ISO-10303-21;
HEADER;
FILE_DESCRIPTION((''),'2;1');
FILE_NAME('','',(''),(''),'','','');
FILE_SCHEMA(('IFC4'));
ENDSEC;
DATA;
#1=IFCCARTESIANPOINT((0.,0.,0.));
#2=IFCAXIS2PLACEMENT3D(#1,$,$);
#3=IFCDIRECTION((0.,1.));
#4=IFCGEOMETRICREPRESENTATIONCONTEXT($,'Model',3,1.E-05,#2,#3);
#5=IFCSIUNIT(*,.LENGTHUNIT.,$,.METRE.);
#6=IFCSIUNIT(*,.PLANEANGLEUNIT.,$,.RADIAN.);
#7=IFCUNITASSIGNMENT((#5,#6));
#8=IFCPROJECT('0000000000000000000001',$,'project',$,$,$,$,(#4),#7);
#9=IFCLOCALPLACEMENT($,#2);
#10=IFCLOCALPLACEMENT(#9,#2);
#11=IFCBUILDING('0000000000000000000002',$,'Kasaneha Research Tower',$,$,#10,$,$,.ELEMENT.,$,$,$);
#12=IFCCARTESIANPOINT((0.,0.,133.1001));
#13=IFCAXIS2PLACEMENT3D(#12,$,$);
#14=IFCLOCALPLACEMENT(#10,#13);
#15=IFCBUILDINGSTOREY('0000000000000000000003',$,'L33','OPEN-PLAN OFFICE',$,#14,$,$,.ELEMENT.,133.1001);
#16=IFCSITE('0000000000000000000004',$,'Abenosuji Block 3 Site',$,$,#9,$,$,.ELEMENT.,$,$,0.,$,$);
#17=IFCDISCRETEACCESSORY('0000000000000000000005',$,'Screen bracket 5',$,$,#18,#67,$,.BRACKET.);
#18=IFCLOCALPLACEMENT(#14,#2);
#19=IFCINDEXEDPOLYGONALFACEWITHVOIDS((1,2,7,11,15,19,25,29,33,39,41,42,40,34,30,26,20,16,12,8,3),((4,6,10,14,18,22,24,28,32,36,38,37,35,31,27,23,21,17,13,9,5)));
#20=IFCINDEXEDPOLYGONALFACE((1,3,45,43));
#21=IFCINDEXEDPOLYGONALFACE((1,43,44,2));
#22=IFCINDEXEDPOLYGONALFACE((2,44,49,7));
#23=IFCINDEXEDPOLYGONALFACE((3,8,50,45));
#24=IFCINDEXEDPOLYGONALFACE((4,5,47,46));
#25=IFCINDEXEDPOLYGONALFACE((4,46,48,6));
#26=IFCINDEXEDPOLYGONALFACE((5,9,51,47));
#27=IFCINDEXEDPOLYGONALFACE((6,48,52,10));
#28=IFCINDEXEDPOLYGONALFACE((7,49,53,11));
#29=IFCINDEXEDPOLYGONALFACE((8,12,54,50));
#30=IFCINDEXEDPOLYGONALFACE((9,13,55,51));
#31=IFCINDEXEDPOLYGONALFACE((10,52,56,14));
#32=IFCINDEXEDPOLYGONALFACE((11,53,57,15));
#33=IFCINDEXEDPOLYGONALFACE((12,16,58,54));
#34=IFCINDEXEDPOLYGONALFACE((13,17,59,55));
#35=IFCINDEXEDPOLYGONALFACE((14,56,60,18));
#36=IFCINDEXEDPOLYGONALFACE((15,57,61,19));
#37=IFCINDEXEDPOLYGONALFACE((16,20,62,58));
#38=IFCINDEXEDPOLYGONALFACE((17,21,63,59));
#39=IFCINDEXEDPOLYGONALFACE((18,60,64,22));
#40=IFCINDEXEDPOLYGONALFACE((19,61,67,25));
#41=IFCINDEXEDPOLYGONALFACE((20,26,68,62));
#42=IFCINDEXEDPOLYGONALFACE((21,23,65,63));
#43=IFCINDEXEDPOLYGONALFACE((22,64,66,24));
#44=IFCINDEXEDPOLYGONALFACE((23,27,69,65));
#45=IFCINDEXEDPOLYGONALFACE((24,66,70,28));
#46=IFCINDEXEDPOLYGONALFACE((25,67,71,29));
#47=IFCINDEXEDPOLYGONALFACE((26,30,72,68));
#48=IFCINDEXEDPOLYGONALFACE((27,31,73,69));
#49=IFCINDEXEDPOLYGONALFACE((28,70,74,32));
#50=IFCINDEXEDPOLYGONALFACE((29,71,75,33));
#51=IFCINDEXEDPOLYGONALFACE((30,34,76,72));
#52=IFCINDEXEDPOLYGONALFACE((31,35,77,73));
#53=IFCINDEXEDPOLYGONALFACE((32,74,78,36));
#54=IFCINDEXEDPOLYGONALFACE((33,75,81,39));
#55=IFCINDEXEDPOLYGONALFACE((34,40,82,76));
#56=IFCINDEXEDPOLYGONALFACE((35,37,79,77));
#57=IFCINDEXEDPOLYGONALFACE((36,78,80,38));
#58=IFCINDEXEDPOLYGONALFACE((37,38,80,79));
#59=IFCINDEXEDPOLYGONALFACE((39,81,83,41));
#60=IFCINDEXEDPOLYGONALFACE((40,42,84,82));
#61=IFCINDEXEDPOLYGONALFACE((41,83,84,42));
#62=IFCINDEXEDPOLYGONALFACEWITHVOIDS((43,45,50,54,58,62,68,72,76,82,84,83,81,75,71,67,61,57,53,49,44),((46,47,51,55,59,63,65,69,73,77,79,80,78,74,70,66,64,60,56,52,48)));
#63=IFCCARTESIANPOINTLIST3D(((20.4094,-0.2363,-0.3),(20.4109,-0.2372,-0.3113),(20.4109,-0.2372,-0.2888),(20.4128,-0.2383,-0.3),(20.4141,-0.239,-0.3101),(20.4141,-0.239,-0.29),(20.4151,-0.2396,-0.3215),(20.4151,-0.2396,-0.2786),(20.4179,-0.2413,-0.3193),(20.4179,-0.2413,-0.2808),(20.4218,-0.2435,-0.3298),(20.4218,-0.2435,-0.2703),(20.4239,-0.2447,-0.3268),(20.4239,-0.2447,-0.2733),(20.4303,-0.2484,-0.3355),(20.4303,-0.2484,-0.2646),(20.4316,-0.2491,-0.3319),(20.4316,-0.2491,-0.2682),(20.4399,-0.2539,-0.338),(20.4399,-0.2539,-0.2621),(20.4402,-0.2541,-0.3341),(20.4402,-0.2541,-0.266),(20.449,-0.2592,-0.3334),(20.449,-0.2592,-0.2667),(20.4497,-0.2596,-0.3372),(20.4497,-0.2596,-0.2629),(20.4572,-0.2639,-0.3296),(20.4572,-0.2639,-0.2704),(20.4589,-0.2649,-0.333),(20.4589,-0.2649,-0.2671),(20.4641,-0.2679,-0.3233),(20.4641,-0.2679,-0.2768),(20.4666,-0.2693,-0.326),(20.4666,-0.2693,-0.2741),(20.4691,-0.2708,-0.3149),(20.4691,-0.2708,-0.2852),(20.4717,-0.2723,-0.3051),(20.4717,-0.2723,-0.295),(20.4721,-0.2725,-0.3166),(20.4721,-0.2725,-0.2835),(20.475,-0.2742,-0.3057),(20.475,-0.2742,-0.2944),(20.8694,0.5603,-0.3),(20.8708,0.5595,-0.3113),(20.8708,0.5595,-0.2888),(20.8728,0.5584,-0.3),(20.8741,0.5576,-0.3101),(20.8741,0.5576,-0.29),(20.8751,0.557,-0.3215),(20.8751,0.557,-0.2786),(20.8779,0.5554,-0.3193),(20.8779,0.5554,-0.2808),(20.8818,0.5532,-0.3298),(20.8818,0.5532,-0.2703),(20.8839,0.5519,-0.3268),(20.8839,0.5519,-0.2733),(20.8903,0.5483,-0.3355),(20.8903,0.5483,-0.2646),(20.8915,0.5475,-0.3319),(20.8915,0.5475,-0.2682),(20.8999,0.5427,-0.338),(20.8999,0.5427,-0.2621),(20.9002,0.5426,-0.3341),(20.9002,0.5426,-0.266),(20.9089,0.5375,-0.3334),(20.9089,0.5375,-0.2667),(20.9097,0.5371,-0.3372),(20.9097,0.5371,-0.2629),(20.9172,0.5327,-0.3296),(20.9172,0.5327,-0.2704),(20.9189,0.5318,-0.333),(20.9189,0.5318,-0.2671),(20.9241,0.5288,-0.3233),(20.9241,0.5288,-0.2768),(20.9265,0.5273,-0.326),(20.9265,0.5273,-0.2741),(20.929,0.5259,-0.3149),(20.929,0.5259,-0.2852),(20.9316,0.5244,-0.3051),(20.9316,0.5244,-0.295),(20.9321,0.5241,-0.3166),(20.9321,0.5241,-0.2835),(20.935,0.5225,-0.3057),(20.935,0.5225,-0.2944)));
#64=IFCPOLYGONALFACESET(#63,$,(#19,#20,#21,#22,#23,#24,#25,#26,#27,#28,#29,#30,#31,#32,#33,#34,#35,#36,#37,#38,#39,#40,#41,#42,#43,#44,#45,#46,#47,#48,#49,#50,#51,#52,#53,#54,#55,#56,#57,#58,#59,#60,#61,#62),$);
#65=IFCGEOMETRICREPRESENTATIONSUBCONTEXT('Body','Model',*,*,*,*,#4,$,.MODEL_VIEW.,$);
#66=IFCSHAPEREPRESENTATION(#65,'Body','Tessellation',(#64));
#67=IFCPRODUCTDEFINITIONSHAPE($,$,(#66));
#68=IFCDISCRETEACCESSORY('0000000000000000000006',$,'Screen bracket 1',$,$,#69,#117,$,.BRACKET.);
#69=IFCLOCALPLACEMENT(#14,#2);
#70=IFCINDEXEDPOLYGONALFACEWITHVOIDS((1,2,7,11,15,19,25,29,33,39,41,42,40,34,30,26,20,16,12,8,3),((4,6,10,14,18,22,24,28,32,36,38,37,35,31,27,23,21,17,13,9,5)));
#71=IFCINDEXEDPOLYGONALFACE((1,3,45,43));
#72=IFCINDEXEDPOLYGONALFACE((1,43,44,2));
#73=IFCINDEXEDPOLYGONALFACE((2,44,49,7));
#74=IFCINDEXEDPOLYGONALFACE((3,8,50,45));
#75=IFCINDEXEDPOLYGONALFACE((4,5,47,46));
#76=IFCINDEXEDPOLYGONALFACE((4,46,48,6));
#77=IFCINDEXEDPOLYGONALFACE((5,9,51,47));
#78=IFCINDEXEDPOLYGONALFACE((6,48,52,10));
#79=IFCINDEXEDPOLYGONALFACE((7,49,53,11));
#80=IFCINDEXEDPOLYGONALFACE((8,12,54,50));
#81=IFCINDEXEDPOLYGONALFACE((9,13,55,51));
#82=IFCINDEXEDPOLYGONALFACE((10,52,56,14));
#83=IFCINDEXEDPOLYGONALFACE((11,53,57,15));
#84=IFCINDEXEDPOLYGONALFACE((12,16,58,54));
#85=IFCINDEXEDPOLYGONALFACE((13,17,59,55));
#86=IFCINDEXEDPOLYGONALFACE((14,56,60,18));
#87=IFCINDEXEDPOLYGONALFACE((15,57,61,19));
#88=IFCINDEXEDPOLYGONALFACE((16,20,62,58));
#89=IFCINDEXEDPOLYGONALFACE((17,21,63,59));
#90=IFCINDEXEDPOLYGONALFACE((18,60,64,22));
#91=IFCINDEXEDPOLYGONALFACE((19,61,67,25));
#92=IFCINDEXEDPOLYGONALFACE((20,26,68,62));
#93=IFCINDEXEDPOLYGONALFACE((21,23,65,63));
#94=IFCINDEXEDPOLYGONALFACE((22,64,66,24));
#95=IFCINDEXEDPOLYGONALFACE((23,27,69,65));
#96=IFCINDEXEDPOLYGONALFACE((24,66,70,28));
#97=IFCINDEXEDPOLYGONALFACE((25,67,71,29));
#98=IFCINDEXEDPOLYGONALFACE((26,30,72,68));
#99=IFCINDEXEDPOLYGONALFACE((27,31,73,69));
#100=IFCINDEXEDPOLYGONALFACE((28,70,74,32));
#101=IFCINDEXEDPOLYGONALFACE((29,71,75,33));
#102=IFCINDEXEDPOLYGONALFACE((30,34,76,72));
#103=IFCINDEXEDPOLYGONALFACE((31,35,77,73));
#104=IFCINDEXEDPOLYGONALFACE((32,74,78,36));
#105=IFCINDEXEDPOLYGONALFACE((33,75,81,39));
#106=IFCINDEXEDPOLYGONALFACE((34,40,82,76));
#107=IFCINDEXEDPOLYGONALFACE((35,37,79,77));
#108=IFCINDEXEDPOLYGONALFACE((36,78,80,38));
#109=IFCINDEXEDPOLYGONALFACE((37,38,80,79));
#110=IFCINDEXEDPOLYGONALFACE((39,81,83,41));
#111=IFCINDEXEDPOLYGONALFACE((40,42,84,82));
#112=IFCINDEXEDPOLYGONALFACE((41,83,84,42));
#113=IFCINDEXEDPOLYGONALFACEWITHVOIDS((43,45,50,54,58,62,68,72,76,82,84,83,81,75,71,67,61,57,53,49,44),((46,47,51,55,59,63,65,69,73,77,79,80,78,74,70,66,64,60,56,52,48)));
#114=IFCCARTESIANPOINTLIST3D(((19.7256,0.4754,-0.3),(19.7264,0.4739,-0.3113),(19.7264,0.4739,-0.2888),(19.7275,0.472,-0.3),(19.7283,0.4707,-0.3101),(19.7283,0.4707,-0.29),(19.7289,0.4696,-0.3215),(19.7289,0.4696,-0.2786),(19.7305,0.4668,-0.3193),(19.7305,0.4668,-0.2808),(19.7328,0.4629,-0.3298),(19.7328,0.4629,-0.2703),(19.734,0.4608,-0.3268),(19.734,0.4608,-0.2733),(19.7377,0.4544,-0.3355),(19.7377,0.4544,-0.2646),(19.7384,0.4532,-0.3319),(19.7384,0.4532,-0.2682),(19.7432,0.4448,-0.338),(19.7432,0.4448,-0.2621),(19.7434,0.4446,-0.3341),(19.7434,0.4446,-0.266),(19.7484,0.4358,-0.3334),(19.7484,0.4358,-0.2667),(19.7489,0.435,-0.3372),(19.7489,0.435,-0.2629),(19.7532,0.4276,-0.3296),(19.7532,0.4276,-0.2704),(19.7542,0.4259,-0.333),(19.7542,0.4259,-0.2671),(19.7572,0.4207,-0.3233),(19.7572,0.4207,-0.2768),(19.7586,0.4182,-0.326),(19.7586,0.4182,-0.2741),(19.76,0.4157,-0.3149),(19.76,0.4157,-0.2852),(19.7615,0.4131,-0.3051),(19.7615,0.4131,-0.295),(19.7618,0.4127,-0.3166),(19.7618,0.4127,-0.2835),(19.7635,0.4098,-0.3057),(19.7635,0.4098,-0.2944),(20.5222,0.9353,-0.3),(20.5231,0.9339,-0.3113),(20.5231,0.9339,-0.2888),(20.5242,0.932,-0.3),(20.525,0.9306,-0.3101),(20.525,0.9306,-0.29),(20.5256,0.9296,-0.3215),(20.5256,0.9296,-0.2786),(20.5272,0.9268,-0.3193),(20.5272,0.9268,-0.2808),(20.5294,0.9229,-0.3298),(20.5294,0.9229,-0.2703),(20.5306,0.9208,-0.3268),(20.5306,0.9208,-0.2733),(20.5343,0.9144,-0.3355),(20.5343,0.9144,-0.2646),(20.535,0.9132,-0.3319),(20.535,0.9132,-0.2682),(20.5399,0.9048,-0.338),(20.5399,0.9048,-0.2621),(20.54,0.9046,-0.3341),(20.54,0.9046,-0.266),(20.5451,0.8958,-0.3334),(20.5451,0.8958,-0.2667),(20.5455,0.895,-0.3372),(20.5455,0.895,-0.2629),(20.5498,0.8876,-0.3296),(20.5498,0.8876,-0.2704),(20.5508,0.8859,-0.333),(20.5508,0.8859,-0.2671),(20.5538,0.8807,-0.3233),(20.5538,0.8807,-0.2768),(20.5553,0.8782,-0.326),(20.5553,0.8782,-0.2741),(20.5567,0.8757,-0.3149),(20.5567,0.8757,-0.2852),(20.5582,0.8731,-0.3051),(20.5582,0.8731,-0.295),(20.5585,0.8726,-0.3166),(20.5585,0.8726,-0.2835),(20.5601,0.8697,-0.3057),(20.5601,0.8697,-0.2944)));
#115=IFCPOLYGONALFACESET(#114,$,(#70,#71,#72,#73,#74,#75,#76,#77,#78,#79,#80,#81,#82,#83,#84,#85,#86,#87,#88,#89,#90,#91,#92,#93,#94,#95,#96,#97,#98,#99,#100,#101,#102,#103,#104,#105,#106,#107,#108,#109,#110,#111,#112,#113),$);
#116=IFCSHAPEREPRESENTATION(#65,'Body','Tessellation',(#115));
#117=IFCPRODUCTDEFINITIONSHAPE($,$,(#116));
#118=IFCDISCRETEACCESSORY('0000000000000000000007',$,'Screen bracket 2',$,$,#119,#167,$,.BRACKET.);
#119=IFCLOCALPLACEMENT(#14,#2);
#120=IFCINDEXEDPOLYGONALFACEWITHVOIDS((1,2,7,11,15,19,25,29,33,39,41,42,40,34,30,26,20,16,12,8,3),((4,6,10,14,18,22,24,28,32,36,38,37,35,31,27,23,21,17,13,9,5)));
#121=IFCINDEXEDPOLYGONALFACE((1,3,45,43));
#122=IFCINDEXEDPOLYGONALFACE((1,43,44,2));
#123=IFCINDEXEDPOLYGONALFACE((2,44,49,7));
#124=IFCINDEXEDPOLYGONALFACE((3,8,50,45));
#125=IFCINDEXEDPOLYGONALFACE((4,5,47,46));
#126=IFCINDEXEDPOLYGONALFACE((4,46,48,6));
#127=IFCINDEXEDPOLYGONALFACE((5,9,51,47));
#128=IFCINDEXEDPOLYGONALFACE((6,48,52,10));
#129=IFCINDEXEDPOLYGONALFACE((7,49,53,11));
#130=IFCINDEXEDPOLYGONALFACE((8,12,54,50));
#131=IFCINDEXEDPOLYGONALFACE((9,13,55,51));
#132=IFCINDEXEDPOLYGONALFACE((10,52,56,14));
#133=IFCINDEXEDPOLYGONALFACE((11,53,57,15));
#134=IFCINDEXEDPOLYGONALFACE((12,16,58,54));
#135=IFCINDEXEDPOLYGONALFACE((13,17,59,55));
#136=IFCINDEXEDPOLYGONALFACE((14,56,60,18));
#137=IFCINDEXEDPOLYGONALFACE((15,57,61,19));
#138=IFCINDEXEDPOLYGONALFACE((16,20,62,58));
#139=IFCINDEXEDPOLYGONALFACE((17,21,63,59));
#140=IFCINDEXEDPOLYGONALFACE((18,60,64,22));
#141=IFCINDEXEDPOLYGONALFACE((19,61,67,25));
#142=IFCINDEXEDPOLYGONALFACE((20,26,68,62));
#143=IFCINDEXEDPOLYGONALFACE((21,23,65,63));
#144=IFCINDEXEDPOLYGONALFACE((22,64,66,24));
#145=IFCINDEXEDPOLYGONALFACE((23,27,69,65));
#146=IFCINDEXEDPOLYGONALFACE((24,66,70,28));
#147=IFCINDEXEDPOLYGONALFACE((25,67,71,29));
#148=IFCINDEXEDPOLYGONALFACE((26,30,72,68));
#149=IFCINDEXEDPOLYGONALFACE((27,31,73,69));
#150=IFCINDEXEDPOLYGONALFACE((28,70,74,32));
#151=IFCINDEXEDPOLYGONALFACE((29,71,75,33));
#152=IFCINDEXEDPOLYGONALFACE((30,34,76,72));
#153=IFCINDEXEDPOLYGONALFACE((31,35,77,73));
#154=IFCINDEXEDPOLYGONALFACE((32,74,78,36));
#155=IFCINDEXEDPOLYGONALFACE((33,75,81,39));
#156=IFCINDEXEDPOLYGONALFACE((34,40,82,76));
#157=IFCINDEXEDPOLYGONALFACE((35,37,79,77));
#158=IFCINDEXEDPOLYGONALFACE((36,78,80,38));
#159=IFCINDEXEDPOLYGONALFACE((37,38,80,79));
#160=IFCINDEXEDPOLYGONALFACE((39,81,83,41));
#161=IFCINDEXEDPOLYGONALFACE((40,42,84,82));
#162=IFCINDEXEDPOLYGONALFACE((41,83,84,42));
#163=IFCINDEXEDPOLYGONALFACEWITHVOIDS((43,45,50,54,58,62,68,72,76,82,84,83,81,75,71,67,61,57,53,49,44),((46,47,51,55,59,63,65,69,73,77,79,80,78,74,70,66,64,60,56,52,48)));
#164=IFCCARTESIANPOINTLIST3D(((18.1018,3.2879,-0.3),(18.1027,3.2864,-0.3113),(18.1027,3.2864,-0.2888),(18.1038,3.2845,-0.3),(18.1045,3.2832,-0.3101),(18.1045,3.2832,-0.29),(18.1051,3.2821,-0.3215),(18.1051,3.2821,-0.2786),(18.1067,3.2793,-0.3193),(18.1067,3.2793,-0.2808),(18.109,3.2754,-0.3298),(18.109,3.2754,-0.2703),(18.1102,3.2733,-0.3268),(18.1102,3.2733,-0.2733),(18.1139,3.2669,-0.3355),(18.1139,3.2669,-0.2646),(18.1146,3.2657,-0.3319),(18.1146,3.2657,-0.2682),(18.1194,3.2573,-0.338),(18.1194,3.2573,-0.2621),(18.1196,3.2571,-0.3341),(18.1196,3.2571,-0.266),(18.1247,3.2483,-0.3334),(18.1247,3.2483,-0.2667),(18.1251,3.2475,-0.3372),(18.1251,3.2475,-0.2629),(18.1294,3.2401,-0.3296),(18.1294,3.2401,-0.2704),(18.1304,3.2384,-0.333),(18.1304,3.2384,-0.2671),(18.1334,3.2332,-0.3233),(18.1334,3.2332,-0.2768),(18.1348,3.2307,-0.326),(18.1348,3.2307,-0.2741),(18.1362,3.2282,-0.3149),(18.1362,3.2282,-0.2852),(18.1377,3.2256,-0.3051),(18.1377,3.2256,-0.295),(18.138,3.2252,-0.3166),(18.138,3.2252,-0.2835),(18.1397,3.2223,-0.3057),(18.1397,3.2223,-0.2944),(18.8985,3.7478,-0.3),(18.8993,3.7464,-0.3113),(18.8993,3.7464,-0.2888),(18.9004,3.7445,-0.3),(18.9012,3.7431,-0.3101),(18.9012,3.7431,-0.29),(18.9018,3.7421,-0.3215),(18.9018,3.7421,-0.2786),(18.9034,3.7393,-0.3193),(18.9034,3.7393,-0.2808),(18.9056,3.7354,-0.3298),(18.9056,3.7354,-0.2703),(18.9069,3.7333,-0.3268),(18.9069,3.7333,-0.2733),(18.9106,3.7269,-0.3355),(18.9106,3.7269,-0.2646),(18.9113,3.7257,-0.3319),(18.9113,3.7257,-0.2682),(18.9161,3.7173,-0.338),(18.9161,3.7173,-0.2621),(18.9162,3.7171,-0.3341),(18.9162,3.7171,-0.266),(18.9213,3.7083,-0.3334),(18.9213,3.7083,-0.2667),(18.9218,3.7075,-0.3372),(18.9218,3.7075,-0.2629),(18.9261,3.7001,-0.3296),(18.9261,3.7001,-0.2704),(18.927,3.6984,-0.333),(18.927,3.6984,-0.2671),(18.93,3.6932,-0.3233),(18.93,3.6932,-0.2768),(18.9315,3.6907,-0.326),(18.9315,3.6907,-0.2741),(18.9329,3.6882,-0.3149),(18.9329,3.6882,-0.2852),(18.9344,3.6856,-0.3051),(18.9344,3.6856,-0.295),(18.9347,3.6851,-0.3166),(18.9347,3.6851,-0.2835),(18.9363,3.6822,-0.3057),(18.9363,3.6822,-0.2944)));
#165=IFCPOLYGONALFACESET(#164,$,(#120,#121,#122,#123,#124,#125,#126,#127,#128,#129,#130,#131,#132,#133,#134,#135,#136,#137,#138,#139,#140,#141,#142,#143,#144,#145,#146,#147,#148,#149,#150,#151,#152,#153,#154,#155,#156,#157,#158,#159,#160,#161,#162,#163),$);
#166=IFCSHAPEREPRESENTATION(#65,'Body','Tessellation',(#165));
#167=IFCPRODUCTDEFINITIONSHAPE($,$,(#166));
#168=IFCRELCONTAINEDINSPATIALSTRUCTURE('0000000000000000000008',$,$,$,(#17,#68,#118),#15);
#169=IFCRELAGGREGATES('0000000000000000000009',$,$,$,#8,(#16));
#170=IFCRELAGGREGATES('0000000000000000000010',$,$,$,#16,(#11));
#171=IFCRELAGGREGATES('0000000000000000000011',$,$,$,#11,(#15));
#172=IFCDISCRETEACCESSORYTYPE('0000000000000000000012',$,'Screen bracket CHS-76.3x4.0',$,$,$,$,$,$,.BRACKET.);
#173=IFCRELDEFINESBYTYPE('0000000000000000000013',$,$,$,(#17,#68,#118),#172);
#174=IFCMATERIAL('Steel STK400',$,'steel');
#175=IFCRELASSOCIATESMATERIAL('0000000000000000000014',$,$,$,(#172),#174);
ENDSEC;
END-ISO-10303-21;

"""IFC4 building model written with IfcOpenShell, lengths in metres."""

from ifc_helpers import new_model, si_unit, direction, frame, origin, origin_2d, place, context, subcontext, project, spatial, hollow_circle, extrude, material, material_profile, profile_set, type_object, element, save


model = new_model("IFC4")

# Units and contexts
model_context = context("Model", 3, precision=1e-05, world=origin(), true_north=direction((0.0, 1.0)))
body_context = subcontext(model_context, "Body", "Model", "MODEL_VIEW")
ifc_project = project(units=[si_unit("LENGTHUNIT", "METRE"), si_unit("PLANEANGLEUNIT", "RADIAN")], contexts=[model_context])

# Site, building, storey
site_placement = place(None, origin())
site = spatial("IfcSite", under=ifc_project, at=site_placement, Name="Abenosuji Block 3 Site", CompositionType="ELEMENT", RefElevation=0.0)
building_placement = place(site_placement, origin())
building = spatial("IfcBuilding", under=site, at=building_placement, Name="Kasaneha Research Tower", CompositionType="ELEMENT")
storey_placement = place(building_placement, frame((0.0, 0.0, 133.1001)))
storey = spatial("IfcBuildingStorey", under=building, at=storey_placement, Name="L33", Description="OPEN-PLAN OFFICE", CompositionType="ELEMENT", Elevation=133.1001)

# Discrete accessories
ifc_material_1 = material(Name="Steel STK400", Category="steel")
ifc_material_profile_1 = material_profile(ifc_material_1, hollow_circle(Radius=0.0381, WallThickness=0.0039, at=origin_2d()), Name="CHS-76.3x4.0")
ifc_profile_set_1 = profile_set([ifc_material_profile_1], Name="Steel STK400")
discrete_accessory_type = type_object("IfcDiscreteAccessoryType", Name="Screen bracket CHS-76.3x4.0", PredefinedType="BRACKET", material=ifc_profile_set_1)
for number, where, z_axis, x_axis, name in (
    (1, (20.4424, -0.2554, -0.3), (0.500021, 0.866013, 0.0), (-0.866013, 0.500021, 0.0), "Screen bracket 5"),
    (2, (19.7446, 0.4424, -0.3), (0.866013, 0.500021, 0.0), (-0.500021, 0.866013, 0.0), "Screen bracket 1"),
    (3, (18.1208, 3.2549, -0.3), (0.866013, 0.500021, 0.0), (-0.500021, 0.866013, 0.0), "Screen bracket 2"),
):
    element("IfcDiscreteAccessory", number, at=place(storey_placement, frame(where, z_axis=z_axis, x_axis=x_axis)), inside=storey, type_object=discrete_accessory_type, Name=name, PredefinedType="BRACKET", context=body_context, shape_type="SweptSolid", body=[
        extrude(hollow_circle(Radius=0.0381, WallThickness=0.0039, at=origin_2d()), origin(), (0.0, 0.0, 1.0), 0.9199),
    ])

save(model, "model.ifc")
